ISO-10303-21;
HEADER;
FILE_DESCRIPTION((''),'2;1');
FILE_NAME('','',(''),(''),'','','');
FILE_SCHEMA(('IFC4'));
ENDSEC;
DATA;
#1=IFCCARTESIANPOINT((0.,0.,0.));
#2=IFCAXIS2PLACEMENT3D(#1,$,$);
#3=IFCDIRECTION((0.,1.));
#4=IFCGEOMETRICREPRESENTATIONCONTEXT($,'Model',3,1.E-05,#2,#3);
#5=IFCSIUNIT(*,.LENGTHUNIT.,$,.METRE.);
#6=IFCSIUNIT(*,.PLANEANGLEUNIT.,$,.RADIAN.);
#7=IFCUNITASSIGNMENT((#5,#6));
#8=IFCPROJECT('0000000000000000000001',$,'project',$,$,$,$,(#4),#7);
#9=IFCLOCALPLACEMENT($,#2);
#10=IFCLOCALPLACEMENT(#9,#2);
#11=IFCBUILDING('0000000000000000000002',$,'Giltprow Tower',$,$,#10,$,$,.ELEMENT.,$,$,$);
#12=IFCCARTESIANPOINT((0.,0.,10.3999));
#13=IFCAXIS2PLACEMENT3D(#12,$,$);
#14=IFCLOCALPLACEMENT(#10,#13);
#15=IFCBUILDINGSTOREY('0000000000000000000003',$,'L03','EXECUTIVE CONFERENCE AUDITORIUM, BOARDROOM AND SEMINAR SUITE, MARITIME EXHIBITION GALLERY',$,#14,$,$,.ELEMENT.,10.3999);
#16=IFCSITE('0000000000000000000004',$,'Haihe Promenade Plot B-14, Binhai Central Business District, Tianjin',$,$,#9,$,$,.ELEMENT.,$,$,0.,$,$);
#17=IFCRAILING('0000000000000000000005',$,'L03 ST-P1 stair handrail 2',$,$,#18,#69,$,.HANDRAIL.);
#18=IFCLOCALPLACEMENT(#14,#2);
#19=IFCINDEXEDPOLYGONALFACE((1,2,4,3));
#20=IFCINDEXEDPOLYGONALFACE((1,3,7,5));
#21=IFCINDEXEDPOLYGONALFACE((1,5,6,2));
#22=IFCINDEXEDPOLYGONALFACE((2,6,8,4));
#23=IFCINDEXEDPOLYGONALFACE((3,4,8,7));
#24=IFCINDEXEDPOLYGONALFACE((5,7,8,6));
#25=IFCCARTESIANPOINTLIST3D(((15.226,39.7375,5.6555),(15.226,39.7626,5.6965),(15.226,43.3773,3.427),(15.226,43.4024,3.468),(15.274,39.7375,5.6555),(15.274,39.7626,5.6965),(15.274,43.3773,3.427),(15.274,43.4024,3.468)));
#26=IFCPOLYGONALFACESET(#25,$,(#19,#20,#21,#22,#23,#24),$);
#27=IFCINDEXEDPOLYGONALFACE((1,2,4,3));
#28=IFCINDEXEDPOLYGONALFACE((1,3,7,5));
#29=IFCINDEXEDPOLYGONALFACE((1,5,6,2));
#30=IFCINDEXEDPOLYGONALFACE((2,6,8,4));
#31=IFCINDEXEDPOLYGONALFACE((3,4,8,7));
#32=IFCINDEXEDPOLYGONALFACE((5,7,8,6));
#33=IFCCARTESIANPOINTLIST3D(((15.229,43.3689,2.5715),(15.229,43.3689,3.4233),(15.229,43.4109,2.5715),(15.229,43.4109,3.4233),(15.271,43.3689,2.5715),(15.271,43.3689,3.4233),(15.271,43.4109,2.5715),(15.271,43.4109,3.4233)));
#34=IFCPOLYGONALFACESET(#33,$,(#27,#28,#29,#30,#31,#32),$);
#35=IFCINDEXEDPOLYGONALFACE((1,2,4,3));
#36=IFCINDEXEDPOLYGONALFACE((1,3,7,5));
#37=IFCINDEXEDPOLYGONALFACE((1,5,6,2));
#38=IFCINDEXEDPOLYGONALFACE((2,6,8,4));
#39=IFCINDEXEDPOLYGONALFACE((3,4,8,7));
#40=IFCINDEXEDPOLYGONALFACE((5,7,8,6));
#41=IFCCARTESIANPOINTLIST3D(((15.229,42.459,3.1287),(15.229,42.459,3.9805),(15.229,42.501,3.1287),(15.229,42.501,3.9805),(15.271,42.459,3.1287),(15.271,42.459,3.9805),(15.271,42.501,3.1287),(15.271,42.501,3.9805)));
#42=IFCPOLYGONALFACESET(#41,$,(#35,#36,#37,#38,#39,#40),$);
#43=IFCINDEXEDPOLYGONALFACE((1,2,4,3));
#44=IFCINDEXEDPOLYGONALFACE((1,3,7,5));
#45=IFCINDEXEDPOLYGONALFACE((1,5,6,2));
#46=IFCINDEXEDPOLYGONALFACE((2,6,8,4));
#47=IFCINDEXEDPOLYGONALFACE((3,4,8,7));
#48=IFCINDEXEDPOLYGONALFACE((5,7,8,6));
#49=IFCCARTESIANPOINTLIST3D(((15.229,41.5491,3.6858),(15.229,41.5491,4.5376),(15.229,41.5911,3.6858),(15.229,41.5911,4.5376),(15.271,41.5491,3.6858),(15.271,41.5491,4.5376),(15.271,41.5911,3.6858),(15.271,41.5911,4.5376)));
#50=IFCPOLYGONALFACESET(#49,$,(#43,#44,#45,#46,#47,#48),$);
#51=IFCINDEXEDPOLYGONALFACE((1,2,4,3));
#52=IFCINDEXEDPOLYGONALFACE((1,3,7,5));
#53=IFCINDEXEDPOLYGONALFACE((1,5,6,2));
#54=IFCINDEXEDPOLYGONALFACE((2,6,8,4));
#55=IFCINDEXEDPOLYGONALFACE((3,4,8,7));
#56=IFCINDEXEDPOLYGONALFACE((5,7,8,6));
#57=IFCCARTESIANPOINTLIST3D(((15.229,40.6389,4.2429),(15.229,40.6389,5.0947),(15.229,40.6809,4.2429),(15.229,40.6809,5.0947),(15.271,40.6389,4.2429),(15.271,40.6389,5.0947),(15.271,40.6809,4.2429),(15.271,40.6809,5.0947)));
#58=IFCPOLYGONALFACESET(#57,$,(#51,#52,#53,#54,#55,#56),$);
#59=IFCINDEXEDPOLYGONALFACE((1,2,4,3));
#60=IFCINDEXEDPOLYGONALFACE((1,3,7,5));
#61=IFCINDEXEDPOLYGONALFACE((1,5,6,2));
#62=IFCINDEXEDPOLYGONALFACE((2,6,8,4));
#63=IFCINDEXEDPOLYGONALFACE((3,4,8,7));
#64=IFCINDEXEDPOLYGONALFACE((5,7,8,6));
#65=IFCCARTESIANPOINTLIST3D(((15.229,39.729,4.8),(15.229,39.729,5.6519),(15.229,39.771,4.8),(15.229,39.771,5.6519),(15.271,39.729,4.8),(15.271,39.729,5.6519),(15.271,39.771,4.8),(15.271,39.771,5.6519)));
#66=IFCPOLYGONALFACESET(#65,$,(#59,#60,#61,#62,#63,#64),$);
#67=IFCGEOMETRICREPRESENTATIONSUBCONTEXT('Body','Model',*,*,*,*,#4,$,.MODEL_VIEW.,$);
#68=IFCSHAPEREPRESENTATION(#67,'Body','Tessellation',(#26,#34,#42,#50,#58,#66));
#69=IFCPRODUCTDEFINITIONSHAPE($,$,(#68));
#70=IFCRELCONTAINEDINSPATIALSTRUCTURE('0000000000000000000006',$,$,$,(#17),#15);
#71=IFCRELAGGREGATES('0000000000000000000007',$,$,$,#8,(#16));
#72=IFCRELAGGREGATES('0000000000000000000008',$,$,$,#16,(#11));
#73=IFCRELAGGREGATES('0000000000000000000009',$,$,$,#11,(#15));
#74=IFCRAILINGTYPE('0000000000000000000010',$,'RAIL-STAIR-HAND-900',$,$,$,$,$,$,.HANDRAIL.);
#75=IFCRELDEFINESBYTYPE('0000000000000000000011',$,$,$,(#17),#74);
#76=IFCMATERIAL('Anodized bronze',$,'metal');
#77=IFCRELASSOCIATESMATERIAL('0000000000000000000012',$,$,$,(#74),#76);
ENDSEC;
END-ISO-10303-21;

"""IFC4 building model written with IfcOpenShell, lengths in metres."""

from ifc_helpers import new_model, si_unit, direction, frame, origin, origin_2d, place, context, subcontext, project, spatial, rectangle, extrude, material, type_object, element, save


model = new_model("IFC4")

# Units and contexts
model_context = context("Model", 3, precision=1e-05, world=origin(), true_north=direction((0.0, 1.0)))
body_context = subcontext(model_context, "Body", "Model", "MODEL_VIEW")
ifc_project = project(units=[si_unit("LENGTHUNIT", "METRE"), si_unit("PLANEANGLEUNIT", "RADIAN")], contexts=[model_context])

# Site, building, storey
site_placement = place(None, origin())
site = spatial("IfcSite", under=ifc_project, at=site_placement, Name="Haihe Promenade Plot B-14, Binhai Central Business District, Tianjin", CompositionType="ELEMENT", RefElevation=0.0)
building_placement = place(site_placement, origin())
building = spatial("IfcBuilding", under=site, at=building_placement, Name="Giltprow Tower", CompositionType="ELEMENT")
storey_placement = place(building_placement, frame((0.0, 0.0, 10.3999)))
storey = spatial("IfcBuildingStorey", under=building, at=storey_placement, Name="L03", Description="EXECUTIVE CONFERENCE AUDITORIUM, BOARDROOM AND SEMINAR SUITE, MARITIME EXHIBITION GALLERY", CompositionType="ELEMENT", Elevation=10.3999)

# Railing
ifc_material_1 = material(Name="Anodized bronze", Category="metal")
railing_type_1 = type_object("IfcRailingType", Name="RAIL-STAIR-HAND-900", PredefinedType="HANDRAIL", material=ifc_material_1)
railing_1_placement = place(storey_placement, frame((15.25, 43.3899, 2.5715)))
element("IfcRailing", 1, at=railing_1_placement, inside=storey, type_object=railing_type_1, Name="L03 ST-P1 stair handrail 2", PredefinedType="HANDRAIL", context=body_context, shape_type="SweptSolid", body=[
    extrude(rectangle(XDim=0.0481, YDim=0.0481, at=origin_2d()), frame((0.0, 0.0, 0.876), z_axis=(0.0, -0.85285, 0.522156), x_axis=(1.0, 0.0, 0.0)), (0.0, 0.0, 1.0), 4.2678),
    extrude(rectangle(XDim=0.042, YDim=0.042, at=origin_2d()), origin(), (0.0, 0.0, 1.0), 0.8518),
    extrude(rectangle(XDim=0.042, YDim=0.042, at=origin_2d()), frame((0.0, -0.9099, 0.5571)), (0.0, 0.0, 1.0), 0.8518),
    extrude(rectangle(XDim=0.042, YDim=0.042, at=origin_2d()), frame((0.0, -1.8198, 1.1143)), (0.0, 0.0, 1.0), 0.8518),
    extrude(rectangle(XDim=0.042, YDim=0.042, at=origin_2d()), frame((0.0, -2.73, 1.6714)), (0.0, 0.0, 1.0), 0.8518),
    extrude(rectangle(XDim=0.042, YDim=0.042, at=origin_2d()), frame((0.0, -3.6399, 2.2285)), (0.0, 0.0, 1.0), 0.8518),
])

save(model, "model.ifc")
